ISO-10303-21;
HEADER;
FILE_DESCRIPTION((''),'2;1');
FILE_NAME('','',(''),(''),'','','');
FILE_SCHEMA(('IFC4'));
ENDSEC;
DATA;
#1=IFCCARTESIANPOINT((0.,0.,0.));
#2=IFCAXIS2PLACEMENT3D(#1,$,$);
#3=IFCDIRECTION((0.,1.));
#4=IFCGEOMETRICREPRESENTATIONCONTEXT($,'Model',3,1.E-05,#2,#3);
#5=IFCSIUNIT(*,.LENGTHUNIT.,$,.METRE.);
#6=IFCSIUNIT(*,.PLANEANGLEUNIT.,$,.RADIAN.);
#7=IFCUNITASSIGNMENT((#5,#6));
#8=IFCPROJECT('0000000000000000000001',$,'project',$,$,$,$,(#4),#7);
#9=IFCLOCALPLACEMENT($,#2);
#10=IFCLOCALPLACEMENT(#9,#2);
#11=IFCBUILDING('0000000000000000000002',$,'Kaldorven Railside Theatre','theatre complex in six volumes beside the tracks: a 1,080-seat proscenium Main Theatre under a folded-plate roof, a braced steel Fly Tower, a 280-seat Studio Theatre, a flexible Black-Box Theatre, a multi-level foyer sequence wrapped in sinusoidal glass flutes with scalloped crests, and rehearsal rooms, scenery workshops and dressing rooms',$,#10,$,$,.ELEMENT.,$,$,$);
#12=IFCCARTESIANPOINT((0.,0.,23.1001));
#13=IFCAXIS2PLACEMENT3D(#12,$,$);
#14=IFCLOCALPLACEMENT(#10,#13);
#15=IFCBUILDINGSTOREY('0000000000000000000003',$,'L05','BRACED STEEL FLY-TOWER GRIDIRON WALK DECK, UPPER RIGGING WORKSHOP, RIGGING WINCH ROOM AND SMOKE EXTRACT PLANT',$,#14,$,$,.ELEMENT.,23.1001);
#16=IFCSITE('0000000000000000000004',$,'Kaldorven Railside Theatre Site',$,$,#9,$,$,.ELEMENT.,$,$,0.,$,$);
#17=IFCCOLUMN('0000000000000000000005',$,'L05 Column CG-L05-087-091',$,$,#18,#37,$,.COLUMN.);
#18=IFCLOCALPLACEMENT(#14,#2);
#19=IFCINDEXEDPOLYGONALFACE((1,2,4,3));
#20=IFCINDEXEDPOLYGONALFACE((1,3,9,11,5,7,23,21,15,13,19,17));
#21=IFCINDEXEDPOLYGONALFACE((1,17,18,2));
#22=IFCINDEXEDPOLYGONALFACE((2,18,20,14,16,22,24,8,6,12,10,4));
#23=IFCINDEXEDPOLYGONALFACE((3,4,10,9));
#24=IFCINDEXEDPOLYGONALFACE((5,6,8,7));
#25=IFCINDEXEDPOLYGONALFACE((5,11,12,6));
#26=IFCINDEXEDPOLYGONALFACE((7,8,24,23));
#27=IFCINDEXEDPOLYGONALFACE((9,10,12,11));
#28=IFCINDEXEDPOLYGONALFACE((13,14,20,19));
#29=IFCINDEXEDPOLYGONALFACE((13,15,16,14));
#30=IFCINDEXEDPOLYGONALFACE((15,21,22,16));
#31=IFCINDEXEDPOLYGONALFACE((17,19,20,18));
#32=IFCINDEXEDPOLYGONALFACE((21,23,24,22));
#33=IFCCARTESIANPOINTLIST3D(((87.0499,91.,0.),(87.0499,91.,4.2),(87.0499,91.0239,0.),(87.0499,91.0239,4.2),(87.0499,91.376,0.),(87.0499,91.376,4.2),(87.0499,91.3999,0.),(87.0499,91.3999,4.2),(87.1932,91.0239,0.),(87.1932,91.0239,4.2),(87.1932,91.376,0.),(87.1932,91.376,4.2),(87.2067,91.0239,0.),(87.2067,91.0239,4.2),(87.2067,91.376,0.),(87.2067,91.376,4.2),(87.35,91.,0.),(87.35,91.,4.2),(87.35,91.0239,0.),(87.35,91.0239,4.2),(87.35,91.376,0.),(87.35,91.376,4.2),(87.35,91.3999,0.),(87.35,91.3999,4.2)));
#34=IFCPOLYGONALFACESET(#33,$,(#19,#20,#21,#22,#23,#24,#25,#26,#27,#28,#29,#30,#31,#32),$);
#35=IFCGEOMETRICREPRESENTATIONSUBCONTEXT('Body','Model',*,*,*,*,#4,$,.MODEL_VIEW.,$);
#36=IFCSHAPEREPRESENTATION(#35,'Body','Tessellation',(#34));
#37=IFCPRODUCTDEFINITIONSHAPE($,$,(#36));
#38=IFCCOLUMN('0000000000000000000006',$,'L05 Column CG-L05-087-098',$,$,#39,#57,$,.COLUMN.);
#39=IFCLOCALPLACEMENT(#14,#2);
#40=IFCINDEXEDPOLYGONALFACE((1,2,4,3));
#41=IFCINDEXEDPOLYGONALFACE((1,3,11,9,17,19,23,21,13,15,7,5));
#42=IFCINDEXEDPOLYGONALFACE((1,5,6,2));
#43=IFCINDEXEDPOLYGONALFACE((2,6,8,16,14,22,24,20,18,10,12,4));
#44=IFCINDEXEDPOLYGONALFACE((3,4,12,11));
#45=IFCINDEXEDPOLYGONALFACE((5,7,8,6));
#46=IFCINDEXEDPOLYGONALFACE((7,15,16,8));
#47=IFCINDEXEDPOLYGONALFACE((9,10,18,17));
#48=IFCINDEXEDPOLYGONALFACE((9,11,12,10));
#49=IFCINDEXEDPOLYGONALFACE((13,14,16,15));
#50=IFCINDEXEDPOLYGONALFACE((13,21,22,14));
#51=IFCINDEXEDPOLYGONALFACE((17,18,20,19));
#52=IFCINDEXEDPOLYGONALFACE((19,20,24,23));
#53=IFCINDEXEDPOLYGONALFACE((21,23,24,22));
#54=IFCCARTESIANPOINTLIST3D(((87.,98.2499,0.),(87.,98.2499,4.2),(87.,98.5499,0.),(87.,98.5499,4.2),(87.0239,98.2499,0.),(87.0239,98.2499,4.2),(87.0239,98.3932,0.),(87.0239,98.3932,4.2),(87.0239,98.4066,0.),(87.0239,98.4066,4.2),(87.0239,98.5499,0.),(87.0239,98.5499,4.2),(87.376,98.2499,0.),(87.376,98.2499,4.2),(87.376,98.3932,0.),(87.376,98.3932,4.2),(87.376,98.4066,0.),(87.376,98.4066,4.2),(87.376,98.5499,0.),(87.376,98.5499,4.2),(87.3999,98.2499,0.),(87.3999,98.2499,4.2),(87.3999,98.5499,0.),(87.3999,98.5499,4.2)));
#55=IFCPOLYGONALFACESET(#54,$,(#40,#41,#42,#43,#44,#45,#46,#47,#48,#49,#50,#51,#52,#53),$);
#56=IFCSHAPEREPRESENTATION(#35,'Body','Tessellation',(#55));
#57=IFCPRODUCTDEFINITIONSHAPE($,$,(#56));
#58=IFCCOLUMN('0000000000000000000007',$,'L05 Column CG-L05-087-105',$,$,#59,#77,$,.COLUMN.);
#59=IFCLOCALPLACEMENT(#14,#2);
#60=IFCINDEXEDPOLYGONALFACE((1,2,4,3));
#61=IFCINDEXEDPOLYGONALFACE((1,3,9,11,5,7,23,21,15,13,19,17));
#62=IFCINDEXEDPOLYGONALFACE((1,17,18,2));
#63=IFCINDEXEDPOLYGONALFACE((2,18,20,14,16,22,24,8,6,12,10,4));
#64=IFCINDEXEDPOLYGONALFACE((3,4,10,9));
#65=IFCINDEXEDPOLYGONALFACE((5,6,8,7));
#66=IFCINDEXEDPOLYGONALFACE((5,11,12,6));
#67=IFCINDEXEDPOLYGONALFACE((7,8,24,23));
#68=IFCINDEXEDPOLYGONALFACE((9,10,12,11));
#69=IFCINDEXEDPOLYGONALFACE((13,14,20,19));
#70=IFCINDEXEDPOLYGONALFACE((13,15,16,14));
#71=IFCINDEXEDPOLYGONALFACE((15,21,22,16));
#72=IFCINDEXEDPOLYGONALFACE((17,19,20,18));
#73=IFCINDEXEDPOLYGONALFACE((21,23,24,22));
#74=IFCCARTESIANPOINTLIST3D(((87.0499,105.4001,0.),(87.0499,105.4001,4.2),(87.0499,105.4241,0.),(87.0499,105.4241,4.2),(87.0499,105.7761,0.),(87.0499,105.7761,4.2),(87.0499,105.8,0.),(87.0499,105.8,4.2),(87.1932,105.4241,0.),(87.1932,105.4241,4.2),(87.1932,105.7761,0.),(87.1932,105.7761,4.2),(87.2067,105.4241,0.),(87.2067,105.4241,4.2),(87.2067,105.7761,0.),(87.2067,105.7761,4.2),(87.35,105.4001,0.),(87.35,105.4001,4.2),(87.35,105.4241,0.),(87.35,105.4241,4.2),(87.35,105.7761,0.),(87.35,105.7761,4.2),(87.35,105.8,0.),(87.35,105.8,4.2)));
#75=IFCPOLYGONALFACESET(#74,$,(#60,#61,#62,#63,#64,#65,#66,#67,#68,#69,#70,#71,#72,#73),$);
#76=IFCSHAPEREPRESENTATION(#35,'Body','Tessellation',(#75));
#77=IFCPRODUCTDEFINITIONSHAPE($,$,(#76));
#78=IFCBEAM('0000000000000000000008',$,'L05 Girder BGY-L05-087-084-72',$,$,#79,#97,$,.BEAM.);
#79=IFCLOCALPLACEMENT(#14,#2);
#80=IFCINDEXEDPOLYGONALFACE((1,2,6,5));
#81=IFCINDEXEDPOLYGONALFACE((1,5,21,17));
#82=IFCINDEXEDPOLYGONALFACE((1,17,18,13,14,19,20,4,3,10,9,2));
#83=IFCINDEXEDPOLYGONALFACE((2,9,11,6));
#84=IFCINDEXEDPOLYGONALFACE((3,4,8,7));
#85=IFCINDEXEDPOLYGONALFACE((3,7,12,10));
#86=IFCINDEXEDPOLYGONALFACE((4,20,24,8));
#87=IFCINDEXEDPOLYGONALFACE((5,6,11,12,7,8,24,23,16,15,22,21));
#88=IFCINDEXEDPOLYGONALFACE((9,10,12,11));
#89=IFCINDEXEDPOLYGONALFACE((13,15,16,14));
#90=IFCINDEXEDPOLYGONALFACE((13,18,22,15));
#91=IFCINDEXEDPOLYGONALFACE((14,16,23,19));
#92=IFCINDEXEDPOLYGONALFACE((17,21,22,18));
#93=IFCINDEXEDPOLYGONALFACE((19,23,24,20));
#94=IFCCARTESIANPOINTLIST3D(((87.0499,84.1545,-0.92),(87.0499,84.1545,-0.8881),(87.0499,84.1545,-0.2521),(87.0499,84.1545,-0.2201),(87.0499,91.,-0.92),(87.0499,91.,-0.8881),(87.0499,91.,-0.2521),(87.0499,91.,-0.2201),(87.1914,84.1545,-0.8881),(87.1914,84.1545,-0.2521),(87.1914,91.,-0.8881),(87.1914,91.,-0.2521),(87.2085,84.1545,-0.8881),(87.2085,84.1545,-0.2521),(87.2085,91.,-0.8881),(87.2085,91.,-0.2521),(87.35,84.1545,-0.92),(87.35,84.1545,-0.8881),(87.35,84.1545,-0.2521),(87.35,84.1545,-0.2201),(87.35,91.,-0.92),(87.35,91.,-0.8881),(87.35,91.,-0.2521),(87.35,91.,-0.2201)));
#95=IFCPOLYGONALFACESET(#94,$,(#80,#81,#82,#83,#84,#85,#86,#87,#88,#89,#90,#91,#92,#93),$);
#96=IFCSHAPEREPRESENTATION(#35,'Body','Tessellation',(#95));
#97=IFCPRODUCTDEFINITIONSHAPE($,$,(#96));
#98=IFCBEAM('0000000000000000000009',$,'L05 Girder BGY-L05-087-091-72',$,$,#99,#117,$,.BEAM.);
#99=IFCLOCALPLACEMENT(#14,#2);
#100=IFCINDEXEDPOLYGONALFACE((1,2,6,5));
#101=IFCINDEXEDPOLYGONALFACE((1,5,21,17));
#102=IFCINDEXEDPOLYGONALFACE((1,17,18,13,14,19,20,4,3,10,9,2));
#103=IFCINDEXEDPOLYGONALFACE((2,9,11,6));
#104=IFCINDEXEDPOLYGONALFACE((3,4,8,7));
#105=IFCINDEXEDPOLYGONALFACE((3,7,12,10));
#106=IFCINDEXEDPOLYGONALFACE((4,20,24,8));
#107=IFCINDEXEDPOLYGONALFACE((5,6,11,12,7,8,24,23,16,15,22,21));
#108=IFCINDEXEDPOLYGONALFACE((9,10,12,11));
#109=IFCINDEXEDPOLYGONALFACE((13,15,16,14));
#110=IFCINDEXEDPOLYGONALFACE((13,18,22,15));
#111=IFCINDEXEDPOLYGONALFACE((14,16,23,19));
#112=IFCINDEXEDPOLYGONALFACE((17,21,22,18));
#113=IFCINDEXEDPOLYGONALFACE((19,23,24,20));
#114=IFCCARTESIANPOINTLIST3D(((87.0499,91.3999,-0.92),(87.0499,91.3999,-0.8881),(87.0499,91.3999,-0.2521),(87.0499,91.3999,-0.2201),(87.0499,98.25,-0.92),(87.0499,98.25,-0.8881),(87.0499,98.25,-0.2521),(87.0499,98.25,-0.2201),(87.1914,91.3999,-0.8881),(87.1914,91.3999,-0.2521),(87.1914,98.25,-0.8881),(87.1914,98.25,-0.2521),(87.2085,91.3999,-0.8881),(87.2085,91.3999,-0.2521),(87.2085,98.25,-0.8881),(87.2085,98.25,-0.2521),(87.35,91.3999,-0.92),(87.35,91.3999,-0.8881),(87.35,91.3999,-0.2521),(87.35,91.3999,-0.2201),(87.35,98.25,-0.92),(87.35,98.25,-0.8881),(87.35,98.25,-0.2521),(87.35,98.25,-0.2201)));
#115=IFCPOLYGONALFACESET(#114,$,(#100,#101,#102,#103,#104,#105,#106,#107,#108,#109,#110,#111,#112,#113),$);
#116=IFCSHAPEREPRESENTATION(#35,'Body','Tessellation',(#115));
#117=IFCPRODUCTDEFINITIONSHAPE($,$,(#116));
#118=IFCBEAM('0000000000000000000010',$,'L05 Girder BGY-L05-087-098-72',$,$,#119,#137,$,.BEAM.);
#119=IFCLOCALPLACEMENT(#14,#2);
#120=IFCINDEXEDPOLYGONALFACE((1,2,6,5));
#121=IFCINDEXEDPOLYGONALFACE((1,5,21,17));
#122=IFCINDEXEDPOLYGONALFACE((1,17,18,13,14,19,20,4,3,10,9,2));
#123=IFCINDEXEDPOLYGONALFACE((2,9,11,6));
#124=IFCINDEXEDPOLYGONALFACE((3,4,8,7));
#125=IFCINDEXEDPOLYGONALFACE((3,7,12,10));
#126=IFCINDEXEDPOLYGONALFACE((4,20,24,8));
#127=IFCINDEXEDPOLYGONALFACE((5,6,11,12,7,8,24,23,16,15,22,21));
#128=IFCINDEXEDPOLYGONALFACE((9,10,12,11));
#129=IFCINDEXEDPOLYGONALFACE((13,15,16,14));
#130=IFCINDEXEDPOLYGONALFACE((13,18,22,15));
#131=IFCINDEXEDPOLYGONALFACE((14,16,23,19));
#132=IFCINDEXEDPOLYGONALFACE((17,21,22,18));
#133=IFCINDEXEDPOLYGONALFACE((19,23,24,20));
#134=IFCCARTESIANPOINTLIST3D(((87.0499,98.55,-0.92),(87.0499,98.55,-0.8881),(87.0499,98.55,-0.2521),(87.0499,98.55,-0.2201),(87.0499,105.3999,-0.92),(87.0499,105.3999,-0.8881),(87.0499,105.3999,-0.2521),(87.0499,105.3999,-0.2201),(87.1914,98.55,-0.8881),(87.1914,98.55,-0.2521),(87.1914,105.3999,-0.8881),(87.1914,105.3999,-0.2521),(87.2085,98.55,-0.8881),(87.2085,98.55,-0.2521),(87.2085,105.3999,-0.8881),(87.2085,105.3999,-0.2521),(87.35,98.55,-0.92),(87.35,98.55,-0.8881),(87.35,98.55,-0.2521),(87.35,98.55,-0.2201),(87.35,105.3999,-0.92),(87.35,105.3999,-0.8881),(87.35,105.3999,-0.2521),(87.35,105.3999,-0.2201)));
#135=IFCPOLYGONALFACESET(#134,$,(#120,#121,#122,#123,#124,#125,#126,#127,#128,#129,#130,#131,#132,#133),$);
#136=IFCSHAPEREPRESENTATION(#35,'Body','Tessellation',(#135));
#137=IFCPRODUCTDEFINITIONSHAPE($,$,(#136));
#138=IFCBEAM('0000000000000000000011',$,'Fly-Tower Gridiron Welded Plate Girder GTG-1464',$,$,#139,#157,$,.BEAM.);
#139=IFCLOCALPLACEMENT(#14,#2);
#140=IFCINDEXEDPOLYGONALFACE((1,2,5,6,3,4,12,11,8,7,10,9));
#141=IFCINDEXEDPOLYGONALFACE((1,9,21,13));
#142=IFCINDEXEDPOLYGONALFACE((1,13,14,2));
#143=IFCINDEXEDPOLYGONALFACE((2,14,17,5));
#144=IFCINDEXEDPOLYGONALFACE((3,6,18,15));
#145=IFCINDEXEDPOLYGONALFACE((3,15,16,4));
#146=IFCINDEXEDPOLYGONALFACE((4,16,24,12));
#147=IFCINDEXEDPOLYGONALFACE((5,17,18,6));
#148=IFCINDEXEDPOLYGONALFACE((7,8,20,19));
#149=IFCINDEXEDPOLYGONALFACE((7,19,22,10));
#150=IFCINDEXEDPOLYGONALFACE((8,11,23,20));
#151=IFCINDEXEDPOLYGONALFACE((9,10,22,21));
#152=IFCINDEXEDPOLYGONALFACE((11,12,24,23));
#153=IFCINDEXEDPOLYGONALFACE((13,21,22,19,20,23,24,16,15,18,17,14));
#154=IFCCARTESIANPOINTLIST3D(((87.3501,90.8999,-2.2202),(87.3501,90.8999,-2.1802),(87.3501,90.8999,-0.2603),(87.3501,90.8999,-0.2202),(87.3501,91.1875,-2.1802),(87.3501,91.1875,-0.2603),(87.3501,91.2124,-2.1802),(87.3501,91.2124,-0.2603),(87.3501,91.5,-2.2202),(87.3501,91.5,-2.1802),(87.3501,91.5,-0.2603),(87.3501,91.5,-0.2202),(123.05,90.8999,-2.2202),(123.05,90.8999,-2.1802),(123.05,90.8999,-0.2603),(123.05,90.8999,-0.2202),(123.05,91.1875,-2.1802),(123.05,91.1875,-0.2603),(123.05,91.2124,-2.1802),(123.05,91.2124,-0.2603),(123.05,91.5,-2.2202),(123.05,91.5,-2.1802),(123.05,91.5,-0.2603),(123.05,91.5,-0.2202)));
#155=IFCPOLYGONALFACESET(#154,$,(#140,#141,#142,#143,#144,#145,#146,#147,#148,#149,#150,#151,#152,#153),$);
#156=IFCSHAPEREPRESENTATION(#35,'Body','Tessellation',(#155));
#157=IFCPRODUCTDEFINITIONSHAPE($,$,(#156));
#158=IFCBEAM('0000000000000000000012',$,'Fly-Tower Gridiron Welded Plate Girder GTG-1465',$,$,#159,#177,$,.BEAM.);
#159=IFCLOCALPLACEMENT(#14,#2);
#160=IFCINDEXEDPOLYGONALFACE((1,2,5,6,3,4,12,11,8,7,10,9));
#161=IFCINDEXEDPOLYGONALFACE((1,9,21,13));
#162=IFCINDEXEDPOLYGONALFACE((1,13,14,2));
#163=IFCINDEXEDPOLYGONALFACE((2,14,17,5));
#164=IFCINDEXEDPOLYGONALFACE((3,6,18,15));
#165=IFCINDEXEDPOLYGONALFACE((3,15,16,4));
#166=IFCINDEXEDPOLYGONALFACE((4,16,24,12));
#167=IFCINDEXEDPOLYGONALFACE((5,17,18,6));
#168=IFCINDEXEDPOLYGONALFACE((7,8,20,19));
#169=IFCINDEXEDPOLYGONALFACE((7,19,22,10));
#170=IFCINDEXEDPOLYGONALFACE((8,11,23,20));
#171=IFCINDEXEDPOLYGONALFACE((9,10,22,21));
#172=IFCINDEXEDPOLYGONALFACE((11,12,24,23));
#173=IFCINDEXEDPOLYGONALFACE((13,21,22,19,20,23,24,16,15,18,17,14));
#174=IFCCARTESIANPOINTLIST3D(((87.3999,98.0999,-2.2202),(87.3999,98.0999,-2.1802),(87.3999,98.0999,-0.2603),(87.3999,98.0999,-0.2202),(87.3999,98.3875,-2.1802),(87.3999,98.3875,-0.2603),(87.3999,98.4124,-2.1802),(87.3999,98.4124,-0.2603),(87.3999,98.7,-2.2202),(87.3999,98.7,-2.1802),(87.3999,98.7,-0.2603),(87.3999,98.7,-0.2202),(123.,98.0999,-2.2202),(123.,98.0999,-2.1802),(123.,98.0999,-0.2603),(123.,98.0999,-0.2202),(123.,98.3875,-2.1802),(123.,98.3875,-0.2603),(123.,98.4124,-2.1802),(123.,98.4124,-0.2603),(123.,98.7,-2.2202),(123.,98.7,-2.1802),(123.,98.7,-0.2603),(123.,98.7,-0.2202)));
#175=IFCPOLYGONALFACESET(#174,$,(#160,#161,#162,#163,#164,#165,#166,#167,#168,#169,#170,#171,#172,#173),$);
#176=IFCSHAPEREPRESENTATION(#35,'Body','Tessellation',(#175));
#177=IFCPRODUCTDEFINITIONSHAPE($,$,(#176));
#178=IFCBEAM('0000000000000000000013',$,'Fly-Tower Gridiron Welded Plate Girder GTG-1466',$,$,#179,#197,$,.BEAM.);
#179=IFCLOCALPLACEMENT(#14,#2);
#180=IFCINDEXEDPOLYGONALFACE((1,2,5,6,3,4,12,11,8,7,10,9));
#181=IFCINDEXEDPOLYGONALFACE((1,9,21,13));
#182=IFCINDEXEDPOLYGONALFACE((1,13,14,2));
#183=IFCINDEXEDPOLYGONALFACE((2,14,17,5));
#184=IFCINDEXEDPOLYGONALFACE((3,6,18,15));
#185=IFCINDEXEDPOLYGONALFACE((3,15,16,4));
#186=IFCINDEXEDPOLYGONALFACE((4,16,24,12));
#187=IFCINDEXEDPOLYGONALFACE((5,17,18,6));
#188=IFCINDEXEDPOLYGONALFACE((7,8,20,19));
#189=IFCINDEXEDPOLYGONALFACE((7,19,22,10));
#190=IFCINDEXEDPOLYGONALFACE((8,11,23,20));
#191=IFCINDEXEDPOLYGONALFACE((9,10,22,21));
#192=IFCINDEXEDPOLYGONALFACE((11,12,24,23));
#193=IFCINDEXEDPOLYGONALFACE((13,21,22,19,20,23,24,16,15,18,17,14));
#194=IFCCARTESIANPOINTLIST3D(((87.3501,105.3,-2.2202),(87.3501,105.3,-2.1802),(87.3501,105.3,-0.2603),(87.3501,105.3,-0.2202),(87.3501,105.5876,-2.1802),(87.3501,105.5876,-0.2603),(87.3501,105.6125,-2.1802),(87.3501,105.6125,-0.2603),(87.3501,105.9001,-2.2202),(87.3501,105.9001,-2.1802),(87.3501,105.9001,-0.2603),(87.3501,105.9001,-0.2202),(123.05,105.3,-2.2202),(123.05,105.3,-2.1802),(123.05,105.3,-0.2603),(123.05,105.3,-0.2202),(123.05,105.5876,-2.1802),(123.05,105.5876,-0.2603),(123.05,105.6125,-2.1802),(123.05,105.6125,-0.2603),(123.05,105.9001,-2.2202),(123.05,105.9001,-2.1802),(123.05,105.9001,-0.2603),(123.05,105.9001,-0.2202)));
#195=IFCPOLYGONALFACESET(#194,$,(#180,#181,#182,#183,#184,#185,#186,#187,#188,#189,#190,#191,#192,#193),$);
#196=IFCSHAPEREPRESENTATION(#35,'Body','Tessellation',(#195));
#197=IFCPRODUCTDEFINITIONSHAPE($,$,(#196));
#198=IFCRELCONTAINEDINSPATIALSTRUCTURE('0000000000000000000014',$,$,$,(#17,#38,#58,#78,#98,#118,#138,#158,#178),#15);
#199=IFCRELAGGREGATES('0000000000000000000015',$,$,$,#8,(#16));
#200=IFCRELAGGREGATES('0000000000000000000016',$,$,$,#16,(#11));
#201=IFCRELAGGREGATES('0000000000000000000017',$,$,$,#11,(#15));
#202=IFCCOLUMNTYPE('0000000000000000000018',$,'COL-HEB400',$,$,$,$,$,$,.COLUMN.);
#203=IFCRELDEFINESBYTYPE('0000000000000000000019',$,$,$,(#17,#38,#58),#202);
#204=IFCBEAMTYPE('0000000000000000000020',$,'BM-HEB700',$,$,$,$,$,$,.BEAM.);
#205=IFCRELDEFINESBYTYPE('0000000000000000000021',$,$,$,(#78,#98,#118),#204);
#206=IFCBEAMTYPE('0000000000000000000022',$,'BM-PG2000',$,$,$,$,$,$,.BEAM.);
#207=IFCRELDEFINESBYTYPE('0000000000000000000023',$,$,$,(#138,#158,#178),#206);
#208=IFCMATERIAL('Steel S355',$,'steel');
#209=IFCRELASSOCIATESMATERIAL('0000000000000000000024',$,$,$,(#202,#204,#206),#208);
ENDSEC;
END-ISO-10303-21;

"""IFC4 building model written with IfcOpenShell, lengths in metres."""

from ifc_helpers import new_model, si_unit, direction, frame, origin, origin_2d, place, context, subcontext, project, spatial, i_section, extrude, material, material_profile, profile_set, type_object, element, save


model = new_model("IFC4")

# Units and contexts
model_context = context("Model", 3, precision=1e-05, world=origin(), true_north=direction((0.0, 1.0)))
body_context = subcontext(model_context, "Body", "Model", "MODEL_VIEW")
ifc_project = project(units=[si_unit("LENGTHUNIT", "METRE"), si_unit("PLANEANGLEUNIT", "RADIAN")], contexts=[model_context])

# Site, building, storey
site_placement = place(None, origin())
site = spatial("IfcSite", under=ifc_project, at=site_placement, Name="Kaldorven Railside Theatre Site", CompositionType="ELEMENT", RefElevation=0.0)
building_placement = place(site_placement, origin())
building = spatial("IfcBuilding", under=site, at=building_placement, Name="Kaldorven Railside Theatre", Description="theatre complex in six volumes beside the tracks: a 1,080-seat proscenium Main Theatre under a folded-plate roof, a braced steel Fly Tower, a 280-seat Studio Theatre, a flexible Black-Box Theatre, a multi-level foyer sequence wrapped in sinusoidal glass flutes with scalloped crests, and rehearsal rooms, scenery workshops and dressing rooms", CompositionType="ELEMENT")
storey_placement = place(building_placement, frame((0.0, 0.0, 23.1001)))
storey = spatial("IfcBuildingStorey", under=building, at=storey_placement, Name="L05", Description="BRACED STEEL FLY-TOWER GRIDIRON WALK DECK, UPPER RIGGING WORKSHOP, RIGGING WINCH ROOM AND SMOKE EXTRACT PLANT", CompositionType="ELEMENT", Elevation=23.1001)

# Columns
ifc_material_1 = material(Name="Steel S355", Category="steel")
ifc_material_profile_1 = material_profile(ifc_material_1, i_section(OverallWidth=0.3, OverallDepth=0.3999, WebThickness=0.0134, FlangeThickness=0.0239, at=origin_2d()), Name="HEB 400")
ifc_profile_set_1 = profile_set([ifc_material_profile_1], Name="Steel S355")
column_type = type_object("IfcColumnType", Name="COL-HEB400", PredefinedType="COLUMN", material=ifc_profile_set_1)
for number, where, z_axis, x_axis, name in (
    (1, (87.2, 91.2, 0.0), (0.0, 0.0, 1.0), (1.0, 0.0, 0.0), "L05 Column CG-L05-087-091"),
    (2, (87.2, 98.3999, 0.0), (0.0, 0.0, 1.0), (0.0, 1.0, 0.0), "L05 Column CG-L05-087-098"),
    (3, (87.2, 105.6001, 0.0), (0.0, 0.0, 1.0), (1.0, 0.0, 0.0), "L05 Column CG-L05-087-105"),
):
    element("IfcColumn", number, at=place(storey_placement, frame(where, z_axis=z_axis, x_axis=x_axis)), inside=storey, type_object=column_type, Name=name, PredefinedType="COLUMN", context=body_context, shape_type="SweptSolid", body=[
        extrude(i_section(OverallWidth=0.3, OverallDepth=0.3999, WebThickness=0.0134, FlangeThickness=0.0239, at=origin_2d()), origin(), (0.0, 0.0, 1.0), 4.2),
    ])

# Beams
ifc_material_profile_2 = material_profile(ifc_material_1, i_section(OverallWidth=0.3, OverallDepth=0.7, WebThickness=0.0171, FlangeThickness=0.032, at=origin_2d()), Name="HEB 700")
ifc_profile_set_2 = profile_set([ifc_material_profile_2], Name="Steel S355")
beam_type_1 = type_object("IfcBeamType", Name="BM-HEB700", PredefinedType="BEAM", material=ifc_profile_set_2)
beam_1_placement = place(storey_placement, frame((87.2, 84.1545, -0.5701), z_axis=(0.0, 1.0, 0.0), x_axis=(-1.0, 0.0, 0.0)))
element("IfcBeam", 4, at=beam_1_placement, inside=storey, type_object=beam_type_1, Name="L05 Girder BGY-L05-087-084-72", PredefinedType="BEAM", context=body_context, shape_type="SweptSolid", body=[
    extrude(i_section(OverallWidth=0.3, OverallDepth=0.7, WebThickness=0.0171, FlangeThickness=0.032, at=origin_2d()), origin(), (0.0, 0.0, 1.0), 6.8455),
])
beam_2_placement = place(storey_placement, frame((87.2, 91.3999, -0.5701), z_axis=(0.0, 1.0, 0.0), x_axis=(-1.0, 0.0, 0.0)))
element("IfcBeam", 5, at=beam_2_placement, inside=storey, type_object=beam_type_1, Name="L05 Girder BGY-L05-087-091-72", PredefinedType="BEAM", context=body_context, shape_type="SweptSolid", body=[
    extrude(i_section(OverallWidth=0.3, OverallDepth=0.7, WebThickness=0.0171, FlangeThickness=0.032, at=origin_2d()), origin(), (0.0, 0.0, 1.0), 6.8501),
])
beam_3_placement = place(storey_placement, frame((87.2, 98.55, -0.5701), z_axis=(0.0, 1.0, 0.0), x_axis=(-1.0, 0.0, 0.0)))
element("IfcBeam", 6, at=beam_3_placement, inside=storey, type_object=beam_type_1, Name="L05 Girder BGY-L05-087-098-72", PredefinedType="BEAM", context=body_context, shape_type="SweptSolid", body=[
    extrude(i_section(OverallWidth=0.3, OverallDepth=0.7, WebThickness=0.0171, FlangeThickness=0.032, at=origin_2d()), origin(), (0.0, 0.0, 1.0), 6.8499),
])
ifc_material_profile_3 = material_profile(ifc_material_1, i_section(OverallWidth=0.6001, OverallDepth=2.0, WebThickness=0.0249, FlangeThickness=0.04, at=origin_2d()), Name="PG 2000x600x40x25")
ifc_profile_set_3 = profile_set([ifc_material_profile_3], Name="Steel S355")
beam_type_2 = type_object("IfcBeamType", Name="BM-PG2000", PredefinedType="BEAM", material=ifc_profile_set_3)
beam_4_placement = place(storey_placement, frame((87.3501, 91.2, -1.2202), z_axis=(1.0, 0.0, 0.0), x_axis=(0.0, 1.0, 0.0)))
element("IfcBeam", 7, at=beam_4_placement, inside=storey, type_object=beam_type_2, Name="Fly-Tower Gridiron Welded Plate Girder GTG-1464", PredefinedType="BEAM", context=body_context, shape_type="SweptSolid", body=[
    extrude(i_section(OverallWidth=0.6001, OverallDepth=2.0, WebThickness=0.0249, FlangeThickness=0.04, at=origin_2d()), origin(), (0.0, 0.0, 1.0), 35.7),
])
beam_5_placement = place(storey_placement, frame((87.3999, 98.3999, -1.2202), z_axis=(1.0, 0.0, 0.0), x_axis=(0.0, 1.0, 0.0)))
element("IfcBeam", 8, at=beam_5_placement, inside=storey, type_object=beam_type_2, Name="Fly-Tower Gridiron Welded Plate Girder GTG-1465", PredefinedType="BEAM", context=body_context, shape_type="SweptSolid", body=[
    extrude(i_section(OverallWidth=0.6001, OverallDepth=2.0, WebThickness=0.0249, FlangeThickness=0.04, at=origin_2d()), origin(), (0.0, 0.0, 1.0), 35.6001),
])
beam_6_placement = place(storey_placement, frame((87.3501, 105.6001, -1.2202), z_axis=(1.0, 0.0, 0.0), x_axis=(0.0, 1.0, 0.0)))
element("IfcBeam", 9, at=beam_6_placement, inside=storey, type_object=beam_type_2, Name="Fly-Tower Gridiron Welded Plate Girder GTG-1466", PredefinedType="BEAM", context=body_context, shape_type="SweptSolid", body=[
    extrude(i_section(OverallWidth=0.6001, OverallDepth=2.0, WebThickness=0.0249, FlangeThickness=0.04, at=origin_2d()), origin(), (0.0, 0.0, 1.0), 35.7),
])

save(model, "model.ifc")
